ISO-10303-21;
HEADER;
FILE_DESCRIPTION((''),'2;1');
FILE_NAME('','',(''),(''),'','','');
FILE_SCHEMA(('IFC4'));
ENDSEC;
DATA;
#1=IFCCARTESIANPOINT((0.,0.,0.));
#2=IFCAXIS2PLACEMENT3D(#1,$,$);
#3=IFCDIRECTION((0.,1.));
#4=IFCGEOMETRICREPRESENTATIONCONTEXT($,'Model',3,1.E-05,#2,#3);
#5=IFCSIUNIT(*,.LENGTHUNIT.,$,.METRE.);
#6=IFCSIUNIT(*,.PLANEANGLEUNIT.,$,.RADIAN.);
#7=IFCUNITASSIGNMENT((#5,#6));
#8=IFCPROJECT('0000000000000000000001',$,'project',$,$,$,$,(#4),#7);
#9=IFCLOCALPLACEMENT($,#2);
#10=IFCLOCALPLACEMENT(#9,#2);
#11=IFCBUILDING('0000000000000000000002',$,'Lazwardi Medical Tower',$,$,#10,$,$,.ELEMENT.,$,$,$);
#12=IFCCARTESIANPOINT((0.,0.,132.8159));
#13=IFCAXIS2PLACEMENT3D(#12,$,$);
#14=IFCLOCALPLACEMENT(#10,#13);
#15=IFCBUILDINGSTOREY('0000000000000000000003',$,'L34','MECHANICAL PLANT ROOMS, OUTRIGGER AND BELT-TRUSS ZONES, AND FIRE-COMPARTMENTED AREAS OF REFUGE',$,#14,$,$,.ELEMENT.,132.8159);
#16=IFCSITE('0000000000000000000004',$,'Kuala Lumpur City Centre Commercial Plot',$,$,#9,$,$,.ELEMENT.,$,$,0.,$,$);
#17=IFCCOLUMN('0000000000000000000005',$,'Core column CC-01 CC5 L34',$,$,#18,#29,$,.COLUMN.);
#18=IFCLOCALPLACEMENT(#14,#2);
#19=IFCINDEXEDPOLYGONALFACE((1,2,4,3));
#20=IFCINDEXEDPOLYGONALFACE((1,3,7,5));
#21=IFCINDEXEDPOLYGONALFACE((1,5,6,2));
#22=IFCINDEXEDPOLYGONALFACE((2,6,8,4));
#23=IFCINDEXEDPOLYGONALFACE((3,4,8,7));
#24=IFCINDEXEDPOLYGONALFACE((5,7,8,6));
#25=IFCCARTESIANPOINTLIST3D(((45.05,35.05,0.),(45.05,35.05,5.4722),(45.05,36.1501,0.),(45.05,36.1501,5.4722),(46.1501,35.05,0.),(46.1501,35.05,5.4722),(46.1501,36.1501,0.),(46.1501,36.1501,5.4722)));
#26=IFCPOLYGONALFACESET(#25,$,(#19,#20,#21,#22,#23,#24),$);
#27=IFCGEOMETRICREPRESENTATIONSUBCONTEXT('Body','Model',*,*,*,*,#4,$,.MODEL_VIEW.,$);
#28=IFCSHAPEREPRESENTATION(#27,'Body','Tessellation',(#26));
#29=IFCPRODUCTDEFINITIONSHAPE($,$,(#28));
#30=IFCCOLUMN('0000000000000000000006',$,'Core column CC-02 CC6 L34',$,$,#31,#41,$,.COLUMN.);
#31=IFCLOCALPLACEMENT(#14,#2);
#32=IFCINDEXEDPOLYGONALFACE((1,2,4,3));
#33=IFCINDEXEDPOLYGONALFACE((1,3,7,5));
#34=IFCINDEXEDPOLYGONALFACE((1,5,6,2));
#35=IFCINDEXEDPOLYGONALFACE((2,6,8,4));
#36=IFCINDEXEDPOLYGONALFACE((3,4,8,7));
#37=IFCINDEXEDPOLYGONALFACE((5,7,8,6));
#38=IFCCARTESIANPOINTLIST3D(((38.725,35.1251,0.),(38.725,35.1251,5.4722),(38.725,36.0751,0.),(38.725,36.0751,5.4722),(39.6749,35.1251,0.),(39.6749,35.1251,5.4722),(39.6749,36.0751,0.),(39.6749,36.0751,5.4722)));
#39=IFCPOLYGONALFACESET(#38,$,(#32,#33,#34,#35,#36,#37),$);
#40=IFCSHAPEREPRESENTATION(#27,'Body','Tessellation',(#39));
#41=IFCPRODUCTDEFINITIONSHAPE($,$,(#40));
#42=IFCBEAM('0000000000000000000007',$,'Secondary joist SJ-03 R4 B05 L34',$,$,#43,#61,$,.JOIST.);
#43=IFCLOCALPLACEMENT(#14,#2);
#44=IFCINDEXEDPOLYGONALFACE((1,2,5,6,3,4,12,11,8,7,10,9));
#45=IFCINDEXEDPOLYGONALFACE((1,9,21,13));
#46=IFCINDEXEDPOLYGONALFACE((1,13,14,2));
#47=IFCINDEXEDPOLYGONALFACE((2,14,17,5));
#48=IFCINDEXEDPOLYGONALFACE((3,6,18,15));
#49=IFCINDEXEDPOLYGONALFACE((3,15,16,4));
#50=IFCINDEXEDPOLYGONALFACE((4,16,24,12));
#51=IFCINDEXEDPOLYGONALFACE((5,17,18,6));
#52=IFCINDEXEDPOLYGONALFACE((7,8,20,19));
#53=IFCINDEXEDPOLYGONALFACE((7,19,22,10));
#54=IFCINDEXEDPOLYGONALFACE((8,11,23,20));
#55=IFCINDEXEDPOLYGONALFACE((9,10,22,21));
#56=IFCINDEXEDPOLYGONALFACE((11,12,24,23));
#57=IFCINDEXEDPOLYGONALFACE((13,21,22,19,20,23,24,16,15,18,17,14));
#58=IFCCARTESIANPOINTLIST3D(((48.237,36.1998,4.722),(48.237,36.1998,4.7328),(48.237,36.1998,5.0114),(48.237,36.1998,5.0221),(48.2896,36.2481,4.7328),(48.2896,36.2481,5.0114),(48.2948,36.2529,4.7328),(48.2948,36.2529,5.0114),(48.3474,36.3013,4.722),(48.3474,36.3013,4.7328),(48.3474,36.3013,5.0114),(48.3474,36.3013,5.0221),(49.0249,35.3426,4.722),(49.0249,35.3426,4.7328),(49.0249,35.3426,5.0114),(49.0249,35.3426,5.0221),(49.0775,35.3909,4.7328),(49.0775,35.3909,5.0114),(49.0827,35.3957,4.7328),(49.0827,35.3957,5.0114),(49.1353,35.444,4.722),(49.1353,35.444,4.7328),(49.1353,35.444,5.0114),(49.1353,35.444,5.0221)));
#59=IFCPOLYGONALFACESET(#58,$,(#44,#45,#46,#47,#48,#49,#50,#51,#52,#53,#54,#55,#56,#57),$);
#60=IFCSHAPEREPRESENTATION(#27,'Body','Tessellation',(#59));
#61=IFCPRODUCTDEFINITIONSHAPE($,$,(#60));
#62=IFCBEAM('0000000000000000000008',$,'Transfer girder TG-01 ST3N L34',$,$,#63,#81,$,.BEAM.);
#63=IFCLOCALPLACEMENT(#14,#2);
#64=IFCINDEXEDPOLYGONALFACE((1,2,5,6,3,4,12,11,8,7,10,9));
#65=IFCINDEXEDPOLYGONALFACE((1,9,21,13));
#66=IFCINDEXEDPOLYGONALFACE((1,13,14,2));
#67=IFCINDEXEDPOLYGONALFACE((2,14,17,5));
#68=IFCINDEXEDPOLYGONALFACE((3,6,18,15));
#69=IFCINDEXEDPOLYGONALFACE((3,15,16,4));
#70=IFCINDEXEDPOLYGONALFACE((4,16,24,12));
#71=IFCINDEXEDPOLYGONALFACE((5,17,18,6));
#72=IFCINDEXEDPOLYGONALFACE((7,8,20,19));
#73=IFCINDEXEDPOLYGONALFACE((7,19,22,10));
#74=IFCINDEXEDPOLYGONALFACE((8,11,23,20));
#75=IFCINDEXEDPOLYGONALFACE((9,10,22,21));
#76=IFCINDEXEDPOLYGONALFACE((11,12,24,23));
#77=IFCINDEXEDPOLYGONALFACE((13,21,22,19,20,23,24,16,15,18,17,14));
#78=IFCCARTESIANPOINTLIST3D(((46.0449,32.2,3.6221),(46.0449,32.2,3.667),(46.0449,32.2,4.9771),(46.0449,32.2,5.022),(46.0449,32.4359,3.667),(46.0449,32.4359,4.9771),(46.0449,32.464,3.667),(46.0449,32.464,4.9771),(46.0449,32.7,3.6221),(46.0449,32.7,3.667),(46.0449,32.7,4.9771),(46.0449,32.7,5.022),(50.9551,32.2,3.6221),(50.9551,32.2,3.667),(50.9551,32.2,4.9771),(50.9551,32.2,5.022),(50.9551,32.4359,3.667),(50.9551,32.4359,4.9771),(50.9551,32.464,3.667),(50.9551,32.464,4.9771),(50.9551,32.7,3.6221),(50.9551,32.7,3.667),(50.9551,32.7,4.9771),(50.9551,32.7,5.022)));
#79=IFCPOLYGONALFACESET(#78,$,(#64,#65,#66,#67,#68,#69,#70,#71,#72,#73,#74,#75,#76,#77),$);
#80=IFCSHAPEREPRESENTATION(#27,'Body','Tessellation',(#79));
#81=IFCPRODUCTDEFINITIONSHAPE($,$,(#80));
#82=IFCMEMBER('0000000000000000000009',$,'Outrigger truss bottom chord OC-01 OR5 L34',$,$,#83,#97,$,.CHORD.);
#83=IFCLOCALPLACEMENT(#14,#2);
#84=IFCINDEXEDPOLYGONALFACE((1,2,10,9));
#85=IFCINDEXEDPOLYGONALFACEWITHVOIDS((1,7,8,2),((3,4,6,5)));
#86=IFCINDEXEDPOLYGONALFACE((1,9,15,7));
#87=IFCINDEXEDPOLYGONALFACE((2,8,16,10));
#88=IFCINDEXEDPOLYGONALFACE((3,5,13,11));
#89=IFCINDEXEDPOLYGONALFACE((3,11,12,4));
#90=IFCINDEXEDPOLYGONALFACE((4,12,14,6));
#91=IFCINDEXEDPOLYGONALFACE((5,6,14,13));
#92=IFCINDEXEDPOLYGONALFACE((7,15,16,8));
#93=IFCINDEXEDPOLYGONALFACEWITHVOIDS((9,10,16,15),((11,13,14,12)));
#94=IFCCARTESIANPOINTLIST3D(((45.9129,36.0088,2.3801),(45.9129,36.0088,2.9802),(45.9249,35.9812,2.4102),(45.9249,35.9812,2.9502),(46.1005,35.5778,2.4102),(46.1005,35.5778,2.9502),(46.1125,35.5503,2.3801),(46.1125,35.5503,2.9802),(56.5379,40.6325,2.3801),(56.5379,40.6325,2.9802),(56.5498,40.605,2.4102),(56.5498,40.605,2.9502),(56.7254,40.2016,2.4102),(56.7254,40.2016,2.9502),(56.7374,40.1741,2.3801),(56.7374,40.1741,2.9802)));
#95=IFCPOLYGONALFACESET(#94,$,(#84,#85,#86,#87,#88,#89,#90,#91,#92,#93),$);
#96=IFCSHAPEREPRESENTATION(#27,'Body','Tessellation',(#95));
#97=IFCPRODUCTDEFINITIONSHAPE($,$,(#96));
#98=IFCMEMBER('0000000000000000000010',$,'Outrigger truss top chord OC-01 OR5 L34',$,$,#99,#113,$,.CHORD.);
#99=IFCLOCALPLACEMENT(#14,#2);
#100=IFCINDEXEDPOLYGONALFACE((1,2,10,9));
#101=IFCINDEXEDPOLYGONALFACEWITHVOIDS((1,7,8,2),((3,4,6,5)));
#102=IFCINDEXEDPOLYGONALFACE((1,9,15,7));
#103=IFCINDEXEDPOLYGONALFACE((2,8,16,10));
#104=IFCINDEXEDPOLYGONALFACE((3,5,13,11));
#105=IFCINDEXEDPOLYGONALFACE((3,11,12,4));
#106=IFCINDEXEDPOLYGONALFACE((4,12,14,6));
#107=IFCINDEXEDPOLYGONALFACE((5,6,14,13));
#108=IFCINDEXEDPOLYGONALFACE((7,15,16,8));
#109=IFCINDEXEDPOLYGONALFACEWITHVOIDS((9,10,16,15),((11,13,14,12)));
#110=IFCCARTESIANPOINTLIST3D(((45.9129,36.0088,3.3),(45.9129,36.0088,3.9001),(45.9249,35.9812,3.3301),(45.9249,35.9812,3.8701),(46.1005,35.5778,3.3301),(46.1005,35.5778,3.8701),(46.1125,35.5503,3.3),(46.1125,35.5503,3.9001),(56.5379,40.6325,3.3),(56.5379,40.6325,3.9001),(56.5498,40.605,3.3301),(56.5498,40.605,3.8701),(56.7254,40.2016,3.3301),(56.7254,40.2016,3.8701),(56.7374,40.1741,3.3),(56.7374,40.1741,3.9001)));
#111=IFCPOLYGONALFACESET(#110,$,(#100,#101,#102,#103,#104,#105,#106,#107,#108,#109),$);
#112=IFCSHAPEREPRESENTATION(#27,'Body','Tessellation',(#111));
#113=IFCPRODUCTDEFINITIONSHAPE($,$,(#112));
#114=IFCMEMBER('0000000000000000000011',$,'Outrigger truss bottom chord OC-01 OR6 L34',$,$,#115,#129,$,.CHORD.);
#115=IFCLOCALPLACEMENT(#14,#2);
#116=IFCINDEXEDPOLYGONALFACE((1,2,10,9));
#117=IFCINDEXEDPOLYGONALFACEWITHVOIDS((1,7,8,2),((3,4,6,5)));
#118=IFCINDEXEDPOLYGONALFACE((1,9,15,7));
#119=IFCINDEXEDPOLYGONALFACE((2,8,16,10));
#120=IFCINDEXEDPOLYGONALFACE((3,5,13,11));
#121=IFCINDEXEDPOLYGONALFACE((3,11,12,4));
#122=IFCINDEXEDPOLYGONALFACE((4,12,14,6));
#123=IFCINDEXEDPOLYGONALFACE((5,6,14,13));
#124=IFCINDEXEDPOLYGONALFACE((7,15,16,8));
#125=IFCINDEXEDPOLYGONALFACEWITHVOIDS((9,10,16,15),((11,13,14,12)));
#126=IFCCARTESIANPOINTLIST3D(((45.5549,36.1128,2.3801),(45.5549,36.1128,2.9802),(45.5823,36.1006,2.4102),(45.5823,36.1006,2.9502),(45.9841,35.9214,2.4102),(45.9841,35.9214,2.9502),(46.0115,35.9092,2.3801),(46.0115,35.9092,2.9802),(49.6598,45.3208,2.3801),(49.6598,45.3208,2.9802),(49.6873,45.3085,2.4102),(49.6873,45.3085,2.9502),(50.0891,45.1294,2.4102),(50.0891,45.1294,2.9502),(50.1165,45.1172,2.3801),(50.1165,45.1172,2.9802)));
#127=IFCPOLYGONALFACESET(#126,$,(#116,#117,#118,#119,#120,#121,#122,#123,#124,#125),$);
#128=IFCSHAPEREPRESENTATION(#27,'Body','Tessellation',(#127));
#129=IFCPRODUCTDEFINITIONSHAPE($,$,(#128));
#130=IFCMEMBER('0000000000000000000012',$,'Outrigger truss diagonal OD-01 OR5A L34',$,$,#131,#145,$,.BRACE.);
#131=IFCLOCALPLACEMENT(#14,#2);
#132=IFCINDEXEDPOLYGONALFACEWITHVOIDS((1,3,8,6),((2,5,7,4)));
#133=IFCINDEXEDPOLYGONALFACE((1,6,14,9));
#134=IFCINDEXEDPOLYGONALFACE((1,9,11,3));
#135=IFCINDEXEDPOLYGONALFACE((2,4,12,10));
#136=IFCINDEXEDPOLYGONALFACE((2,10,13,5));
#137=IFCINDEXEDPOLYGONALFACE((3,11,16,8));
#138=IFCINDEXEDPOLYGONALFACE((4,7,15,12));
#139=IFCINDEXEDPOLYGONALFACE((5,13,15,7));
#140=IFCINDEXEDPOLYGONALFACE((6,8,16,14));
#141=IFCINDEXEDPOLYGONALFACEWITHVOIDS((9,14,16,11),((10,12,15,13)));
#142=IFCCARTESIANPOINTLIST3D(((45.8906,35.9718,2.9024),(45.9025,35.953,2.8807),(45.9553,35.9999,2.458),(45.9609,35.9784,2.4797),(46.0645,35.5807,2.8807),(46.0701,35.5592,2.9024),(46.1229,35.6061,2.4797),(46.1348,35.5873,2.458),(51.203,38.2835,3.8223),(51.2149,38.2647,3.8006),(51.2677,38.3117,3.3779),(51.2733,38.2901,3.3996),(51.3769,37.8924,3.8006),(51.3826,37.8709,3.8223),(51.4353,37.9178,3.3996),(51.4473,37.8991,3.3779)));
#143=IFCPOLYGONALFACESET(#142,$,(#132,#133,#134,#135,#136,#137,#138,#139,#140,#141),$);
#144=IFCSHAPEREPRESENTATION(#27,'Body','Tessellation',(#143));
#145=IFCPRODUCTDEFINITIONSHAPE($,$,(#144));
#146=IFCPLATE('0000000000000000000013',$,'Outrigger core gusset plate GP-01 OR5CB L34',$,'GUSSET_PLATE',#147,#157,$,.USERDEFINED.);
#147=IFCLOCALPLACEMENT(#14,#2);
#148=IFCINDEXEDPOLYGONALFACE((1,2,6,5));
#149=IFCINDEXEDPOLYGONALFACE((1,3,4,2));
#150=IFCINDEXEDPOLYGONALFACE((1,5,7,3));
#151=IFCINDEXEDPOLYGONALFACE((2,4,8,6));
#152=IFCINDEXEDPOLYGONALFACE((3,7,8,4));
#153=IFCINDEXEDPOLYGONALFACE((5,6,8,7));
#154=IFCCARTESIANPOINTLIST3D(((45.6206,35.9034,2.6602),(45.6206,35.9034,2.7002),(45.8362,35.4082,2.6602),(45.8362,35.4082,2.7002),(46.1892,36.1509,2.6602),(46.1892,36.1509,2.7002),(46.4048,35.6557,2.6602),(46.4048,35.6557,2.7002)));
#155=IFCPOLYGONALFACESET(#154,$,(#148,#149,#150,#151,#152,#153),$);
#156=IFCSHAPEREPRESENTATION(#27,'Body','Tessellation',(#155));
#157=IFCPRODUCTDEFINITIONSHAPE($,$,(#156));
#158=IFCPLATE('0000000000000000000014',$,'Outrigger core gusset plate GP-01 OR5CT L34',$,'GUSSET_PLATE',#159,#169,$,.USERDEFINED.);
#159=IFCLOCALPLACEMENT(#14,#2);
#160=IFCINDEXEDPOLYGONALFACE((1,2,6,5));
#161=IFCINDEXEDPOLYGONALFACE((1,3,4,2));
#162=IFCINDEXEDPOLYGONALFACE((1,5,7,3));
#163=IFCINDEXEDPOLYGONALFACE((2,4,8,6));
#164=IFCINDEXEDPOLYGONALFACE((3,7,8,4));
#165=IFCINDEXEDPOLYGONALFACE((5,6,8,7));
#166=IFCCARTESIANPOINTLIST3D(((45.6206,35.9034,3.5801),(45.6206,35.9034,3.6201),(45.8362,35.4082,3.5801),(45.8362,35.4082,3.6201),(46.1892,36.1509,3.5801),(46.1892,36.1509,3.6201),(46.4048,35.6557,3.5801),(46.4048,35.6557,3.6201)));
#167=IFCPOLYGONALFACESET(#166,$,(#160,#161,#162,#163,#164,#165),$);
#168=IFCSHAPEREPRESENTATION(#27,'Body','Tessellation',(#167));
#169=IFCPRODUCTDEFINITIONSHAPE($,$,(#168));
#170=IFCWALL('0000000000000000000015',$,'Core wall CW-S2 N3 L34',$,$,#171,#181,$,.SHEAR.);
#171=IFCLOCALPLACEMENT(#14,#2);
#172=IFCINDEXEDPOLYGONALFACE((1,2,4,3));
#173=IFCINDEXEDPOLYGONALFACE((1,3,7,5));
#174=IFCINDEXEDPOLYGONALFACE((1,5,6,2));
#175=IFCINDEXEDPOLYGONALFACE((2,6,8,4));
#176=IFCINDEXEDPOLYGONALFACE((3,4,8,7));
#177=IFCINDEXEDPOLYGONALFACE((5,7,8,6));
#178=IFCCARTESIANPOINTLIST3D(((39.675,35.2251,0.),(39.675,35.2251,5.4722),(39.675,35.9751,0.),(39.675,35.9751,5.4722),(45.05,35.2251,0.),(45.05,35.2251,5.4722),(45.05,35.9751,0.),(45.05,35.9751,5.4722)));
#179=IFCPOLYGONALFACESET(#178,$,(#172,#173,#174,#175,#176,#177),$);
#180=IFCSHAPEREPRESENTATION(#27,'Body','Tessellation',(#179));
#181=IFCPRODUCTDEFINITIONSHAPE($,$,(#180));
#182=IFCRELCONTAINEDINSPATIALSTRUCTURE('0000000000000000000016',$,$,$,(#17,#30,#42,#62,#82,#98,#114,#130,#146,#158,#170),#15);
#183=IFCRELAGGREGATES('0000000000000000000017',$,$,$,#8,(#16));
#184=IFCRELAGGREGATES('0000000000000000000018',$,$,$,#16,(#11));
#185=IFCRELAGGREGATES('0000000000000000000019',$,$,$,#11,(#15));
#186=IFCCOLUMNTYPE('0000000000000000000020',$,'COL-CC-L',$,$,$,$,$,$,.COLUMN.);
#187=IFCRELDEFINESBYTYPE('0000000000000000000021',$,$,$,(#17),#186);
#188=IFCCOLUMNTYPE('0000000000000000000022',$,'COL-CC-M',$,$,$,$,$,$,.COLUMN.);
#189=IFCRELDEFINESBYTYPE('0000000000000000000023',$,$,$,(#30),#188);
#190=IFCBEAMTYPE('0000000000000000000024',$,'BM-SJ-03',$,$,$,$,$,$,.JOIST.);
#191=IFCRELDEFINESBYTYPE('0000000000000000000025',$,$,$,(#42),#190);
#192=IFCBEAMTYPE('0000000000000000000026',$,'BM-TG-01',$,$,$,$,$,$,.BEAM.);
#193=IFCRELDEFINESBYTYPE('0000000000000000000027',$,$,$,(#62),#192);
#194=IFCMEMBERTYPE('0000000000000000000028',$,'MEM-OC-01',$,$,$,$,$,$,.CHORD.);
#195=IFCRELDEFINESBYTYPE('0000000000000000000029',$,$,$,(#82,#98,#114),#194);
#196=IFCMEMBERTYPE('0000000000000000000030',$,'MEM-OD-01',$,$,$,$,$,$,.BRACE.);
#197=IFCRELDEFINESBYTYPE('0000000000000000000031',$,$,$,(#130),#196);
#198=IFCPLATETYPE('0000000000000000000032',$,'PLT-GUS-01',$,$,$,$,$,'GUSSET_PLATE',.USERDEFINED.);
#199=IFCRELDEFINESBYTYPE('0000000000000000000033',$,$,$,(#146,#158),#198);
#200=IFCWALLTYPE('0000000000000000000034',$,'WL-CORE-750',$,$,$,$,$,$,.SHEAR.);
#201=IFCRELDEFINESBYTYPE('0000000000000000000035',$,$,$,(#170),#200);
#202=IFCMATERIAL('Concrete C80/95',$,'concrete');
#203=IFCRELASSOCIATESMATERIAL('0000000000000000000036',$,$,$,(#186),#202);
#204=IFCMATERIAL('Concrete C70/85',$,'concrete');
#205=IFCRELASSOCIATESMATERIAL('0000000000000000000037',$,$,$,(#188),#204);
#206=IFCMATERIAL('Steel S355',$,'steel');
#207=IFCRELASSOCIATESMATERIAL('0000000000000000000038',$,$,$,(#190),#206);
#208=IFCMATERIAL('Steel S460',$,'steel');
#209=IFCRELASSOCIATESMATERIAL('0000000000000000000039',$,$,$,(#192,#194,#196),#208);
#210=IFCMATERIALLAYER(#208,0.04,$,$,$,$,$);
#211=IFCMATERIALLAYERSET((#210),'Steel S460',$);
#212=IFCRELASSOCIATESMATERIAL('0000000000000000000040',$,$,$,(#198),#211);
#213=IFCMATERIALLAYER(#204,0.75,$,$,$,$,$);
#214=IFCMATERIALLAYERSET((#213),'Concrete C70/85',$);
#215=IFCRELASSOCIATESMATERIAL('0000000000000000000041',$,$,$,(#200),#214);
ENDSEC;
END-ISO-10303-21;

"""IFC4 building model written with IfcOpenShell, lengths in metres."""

from ifc_helpers import new_model, si_unit, direction, frame, frame_2d, origin, origin_2d, place, context, subcontext, project, spatial, rectangle, hollow_rectangle, i_section, extrude, material, layer, layer_set, material_profile, profile_set, type_object, element, save


model = new_model("IFC4")

# Units and contexts
model_context = context("Model", 3, precision=1e-05, world=origin(), true_north=direction((0.0, 1.0)))
body_context = subcontext(model_context, "Body", "Model", "MODEL_VIEW")
ifc_project = project(units=[si_unit("LENGTHUNIT", "METRE"), si_unit("PLANEANGLEUNIT", "RADIAN")], contexts=[model_context])

# Site, building, storey
site_placement = place(None, origin())
site = spatial("IfcSite", under=ifc_project, at=site_placement, Name="Kuala Lumpur City Centre Commercial Plot", CompositionType="ELEMENT", RefElevation=0.0)
building_placement = place(site_placement, origin())
building = spatial("IfcBuilding", under=site, at=building_placement, Name="Lazwardi Medical Tower", CompositionType="ELEMENT")
storey_placement = place(building_placement, frame((0.0, 0.0, 132.8159)))
storey = spatial("IfcBuildingStorey", under=building, at=storey_placement, Name="L34", Description="MECHANICAL PLANT ROOMS, OUTRIGGER AND BELT-TRUSS ZONES, AND FIRE-COMPARTMENTED AREAS OF REFUGE", CompositionType="ELEMENT", Elevation=132.8159)

# Columns
ifc_material_1 = material(Name="Concrete C80/95", Category="concrete")
ifc_material_profile_1 = material_profile(ifc_material_1, rectangle(XDim=1.1001, YDim=1.1001, at=origin_2d()), Name="RC 1100x1100")
ifc_profile_set_1 = profile_set([ifc_material_profile_1], Name="Concrete C80/95")
column_type_1 = type_object("IfcColumnType", Name="COL-CC-L", PredefinedType="COLUMN", material=ifc_profile_set_1)
column_1_placement = place(storey_placement, frame((45.6001, 35.6001, 0.0), z_axis=(0.0, 0.0, 1.0), x_axis=(1.0, 0.0, 0.0)))
element("IfcColumn", 1, at=column_1_placement, inside=storey, type_object=column_type_1, Name="Core column CC-01 CC5 L34", PredefinedType="COLUMN", context=body_context, shape_type="SweptSolid", body=[
    extrude(rectangle(XDim=1.1001, YDim=1.1001, at=origin_2d()), origin(), (0.0, 0.0, 1.0), 5.4722),
])
ifc_material_2 = material(Name="Concrete C70/85", Category="concrete")
ifc_material_profile_2 = material_profile(ifc_material_2, rectangle(XDim=0.95, YDim=0.95, at=origin_2d()), Name="RC 950x950")
ifc_profile_set_2 = profile_set([ifc_material_profile_2], Name="Concrete C70/85")
column_type_2 = type_object("IfcColumnType", Name="COL-CC-M", PredefinedType="COLUMN", material=ifc_profile_set_2)
column_2_placement = place(storey_placement, frame((39.2, 35.6001, 0.0), z_axis=(0.0, 0.0, 1.0), x_axis=(1.0, 0.0, 0.0)))
element("IfcColumn", 2, at=column_2_placement, inside=storey, type_object=column_type_2, Name="Core column CC-02 CC6 L34", PredefinedType="COLUMN", context=body_context, shape_type="SweptSolid", body=[
    extrude(rectangle(XDim=0.95, YDim=0.95, at=origin_2d()), origin(), (0.0, 0.0, 1.0), 5.4722),
])

# Beams
ifc_material_3 = material(Name="Steel S355", Category="steel")
ifc_material_profile_3 = material_profile(ifc_material_3, i_section(OverallWidth=0.1499, OverallDepth=0.3, WebThickness=0.0071, FlangeThickness=0.0107, at=origin_2d()), Name="IPE 300")
ifc_profile_set_3 = profile_set([ifc_material_profile_3], Name="Steel S355")
beam_type_1 = type_object("IfcBeamType", Name="BM-SJ-03", PredefinedType="JOIST", material=ifc_profile_set_3)
beam_1_placement = place(storey_placement, frame((49.0801, 35.3933, 4.8721), z_axis=(-0.676702, 0.736257, 0.0), x_axis=(-0.736257, -0.676702, 0.0)))
element("IfcBeam", 3, at=beam_1_placement, inside=storey, type_object=beam_type_1, Name="Secondary joist SJ-03 R4 B05 L34", PredefinedType="JOIST", context=body_context, shape_type="SweptSolid", body=[
    extrude(i_section(OverallWidth=0.1499, OverallDepth=0.3, WebThickness=0.0071, FlangeThickness=0.0107, at=origin_2d()), origin(), (0.0, 0.0, 1.0), 1.1643),
])
ifc_material_4 = material(Name="Steel S460", Category="steel")
ifc_material_profile_4 = material_profile(ifc_material_4, i_section(OverallWidth=0.5, OverallDepth=1.3999, WebThickness=0.0281, FlangeThickness=0.0449, at=origin_2d()), Name="PG 1400x500")
ifc_profile_set_4 = profile_set([ifc_material_profile_4], Name="Steel S460")
beam_type_2 = type_object("IfcBeamType", Name="BM-TG-01", PredefinedType="BEAM", material=ifc_profile_set_4)
beam_2_placement = place(storey_placement, frame((46.0449, 32.45, 4.322), z_axis=(1.0, 0.0, 0.0), x_axis=(0.0, 1.0, 0.0)))
element("IfcBeam", 4, at=beam_2_placement, inside=storey, type_object=beam_type_2, Name="Transfer girder TG-01 ST3N L34", PredefinedType="BEAM", context=body_context, shape_type="SweptSolid", body=[
    extrude(i_section(OverallWidth=0.5, OverallDepth=1.3999, WebThickness=0.0281, FlangeThickness=0.0449, at=origin_2d()), origin(), (0.0, 0.0, 1.0), 4.9102),
])

# Members
ifc_material_profile_5 = material_profile(ifc_material_4, hollow_rectangle(XDim=0.5, YDim=0.6001, WallThickness=0.03, at=origin_2d()), Name="RHS 600x500x30")
ifc_profile_set_5 = profile_set([ifc_material_profile_5], Name="Steel S460")
member_type_1 = type_object("IfcMemberType", Name="MEM-OC-01", PredefinedType="CHORD", material=ifc_profile_set_5)
for number, where, z_axis, x_axis, name in (
    (5, (46.0127, 35.7795, 2.6802), (0.916937, 0.399032, 0.0), (-0.399032, 0.916937, 0.0), "Outrigger truss bottom chord OC-01 OR5 L34"),
    (6, (46.0127, 35.7795, 3.6001), (0.916937, 0.399032, 0.0), (-0.399032, 0.916937, 0.0), "Outrigger truss top chord OC-01 OR5 L34"),
):
    element("IfcMember", number, at=place(storey_placement, frame(where, z_axis=z_axis, x_axis=x_axis)), inside=storey, type_object=member_type_1, Name=name, PredefinedType="CHORD", context=body_context, shape_type="SweptSolid", body=[
        extrude(hollow_rectangle(XDim=0.5, YDim=0.6001, WallThickness=0.03, at=origin_2d()), origin(), (0.0, 0.0, 1.0), 11.5874),
    ])
member_1_placement = place(storey_placement, frame((45.7832, 36.011, 2.6802), z_axis=(0.407176, 0.91335, 0.0), x_axis=(-0.91335, 0.407176, 0.0)))
element("IfcMember", 7, at=member_1_placement, inside=storey, type_object=member_type_1, Name="Outrigger truss bottom chord OC-01 OR6 L34", PredefinedType="CHORD", context=body_context, shape_type="SweptSolid", body=[
    extrude(hollow_rectangle(XDim=0.5, YDim=0.6001, WallThickness=0.03, at=origin_2d()), origin(), (0.0, 0.0, 1.0), 10.0815),
])
ifc_material_profile_6 = material_profile(ifc_material_4, hollow_rectangle(XDim=0.45, YDim=0.45, WallThickness=0.022, at=origin_2d()), Name="RHS 450x450x22")
ifc_profile_set_6 = profile_set([ifc_material_profile_6], Name="Steel S460")
member_type_2 = type_object("IfcMemberType", Name="MEM-OD-01", PredefinedType="BRACE", material=ifc_profile_set_6)
member_2_placement = place(storey_placement, frame((46.0127, 35.7795, 2.6802), z_axis=(0.9056, 0.394078, 0.156815), x_axis=(-0.399014, 0.916945, 0.0)))
element("IfcMember", 8, at=member_2_placement, inside=storey, type_object=member_type_2, Name="Outrigger truss diagonal OD-01 OR5A L34", PredefinedType="BRACE", context=body_context, shape_type="SweptSolid", body=[
    extrude(hollow_rectangle(XDim=0.45, YDim=0.45, WallThickness=0.022, at=origin_2d()), origin(), (0.0, 0.0, 1.0), 5.8662),
])

# Plates
ifc_layer_1 = layer(ifc_material_4, 0.04)
ifc_layer_set_1 = layer_set([ifc_layer_1], Name="Steel S460")
plate_type = type_object("IfcPlateType", Name="PLT-GUS-01", ElementType="GUSSET_PLATE", PredefinedType="USERDEFINED", material=ifc_layer_set_1)
for number, where, z_axis, x_axis, name in (
    (9, (46.0127, 35.7795, 2.6602), (0.0, 0.0, 1.0), (0.916921, 0.399069, 0.0), "Outrigger core gusset plate GP-01 OR5CB L34"),
    (10, (46.0127, 35.7795, 3.5801), (0.0, 0.0, 1.0), (0.916921, 0.399069, 0.0), "Outrigger core gusset plate GP-01 OR5CT L34"),
):
    element("IfcPlate", number, at=place(storey_placement, frame(where, z_axis=z_axis, x_axis=x_axis)), inside=storey, type_object=plate_type, Name=name, ObjectType="GUSSET_PLATE", PredefinedType="USERDEFINED", context=body_context, shape_type="SweptSolid", body=[
        extrude(rectangle(XDim=0.6201, YDim=0.54, at=origin_2d()), origin(), (0.0, 0.0, 1.0), 0.04),
    ])

# Wall
ifc_layer_2 = layer(ifc_material_2, 0.75)
ifc_layer_set_2 = layer_set([ifc_layer_2], Name="Concrete C70/85")
wall_type_1 = type_object("IfcWallType", Name="WL-CORE-750", PredefinedType="SHEAR", material=ifc_layer_set_2)
wall_1_placement = place(storey_placement, frame((39.675, 35.6001, 0.0), z_axis=(0.0, 0.0, 1.0), x_axis=(1.0, 0.0, 0.0)))
element("IfcWall", 11, at=wall_1_placement, inside=storey, type_object=wall_type_1, Name="Core wall CW-S2 N3 L34", PredefinedType="SHEAR", context=body_context, shape_type="SweptSolid", body=[
    extrude(rectangle(XDim=5.375, YDim=0.75, at=frame_2d((2.6875, 0.0))), origin(), (0.0, 0.0, 1.0), 5.4722),
])

save(model, "model.ifc")
